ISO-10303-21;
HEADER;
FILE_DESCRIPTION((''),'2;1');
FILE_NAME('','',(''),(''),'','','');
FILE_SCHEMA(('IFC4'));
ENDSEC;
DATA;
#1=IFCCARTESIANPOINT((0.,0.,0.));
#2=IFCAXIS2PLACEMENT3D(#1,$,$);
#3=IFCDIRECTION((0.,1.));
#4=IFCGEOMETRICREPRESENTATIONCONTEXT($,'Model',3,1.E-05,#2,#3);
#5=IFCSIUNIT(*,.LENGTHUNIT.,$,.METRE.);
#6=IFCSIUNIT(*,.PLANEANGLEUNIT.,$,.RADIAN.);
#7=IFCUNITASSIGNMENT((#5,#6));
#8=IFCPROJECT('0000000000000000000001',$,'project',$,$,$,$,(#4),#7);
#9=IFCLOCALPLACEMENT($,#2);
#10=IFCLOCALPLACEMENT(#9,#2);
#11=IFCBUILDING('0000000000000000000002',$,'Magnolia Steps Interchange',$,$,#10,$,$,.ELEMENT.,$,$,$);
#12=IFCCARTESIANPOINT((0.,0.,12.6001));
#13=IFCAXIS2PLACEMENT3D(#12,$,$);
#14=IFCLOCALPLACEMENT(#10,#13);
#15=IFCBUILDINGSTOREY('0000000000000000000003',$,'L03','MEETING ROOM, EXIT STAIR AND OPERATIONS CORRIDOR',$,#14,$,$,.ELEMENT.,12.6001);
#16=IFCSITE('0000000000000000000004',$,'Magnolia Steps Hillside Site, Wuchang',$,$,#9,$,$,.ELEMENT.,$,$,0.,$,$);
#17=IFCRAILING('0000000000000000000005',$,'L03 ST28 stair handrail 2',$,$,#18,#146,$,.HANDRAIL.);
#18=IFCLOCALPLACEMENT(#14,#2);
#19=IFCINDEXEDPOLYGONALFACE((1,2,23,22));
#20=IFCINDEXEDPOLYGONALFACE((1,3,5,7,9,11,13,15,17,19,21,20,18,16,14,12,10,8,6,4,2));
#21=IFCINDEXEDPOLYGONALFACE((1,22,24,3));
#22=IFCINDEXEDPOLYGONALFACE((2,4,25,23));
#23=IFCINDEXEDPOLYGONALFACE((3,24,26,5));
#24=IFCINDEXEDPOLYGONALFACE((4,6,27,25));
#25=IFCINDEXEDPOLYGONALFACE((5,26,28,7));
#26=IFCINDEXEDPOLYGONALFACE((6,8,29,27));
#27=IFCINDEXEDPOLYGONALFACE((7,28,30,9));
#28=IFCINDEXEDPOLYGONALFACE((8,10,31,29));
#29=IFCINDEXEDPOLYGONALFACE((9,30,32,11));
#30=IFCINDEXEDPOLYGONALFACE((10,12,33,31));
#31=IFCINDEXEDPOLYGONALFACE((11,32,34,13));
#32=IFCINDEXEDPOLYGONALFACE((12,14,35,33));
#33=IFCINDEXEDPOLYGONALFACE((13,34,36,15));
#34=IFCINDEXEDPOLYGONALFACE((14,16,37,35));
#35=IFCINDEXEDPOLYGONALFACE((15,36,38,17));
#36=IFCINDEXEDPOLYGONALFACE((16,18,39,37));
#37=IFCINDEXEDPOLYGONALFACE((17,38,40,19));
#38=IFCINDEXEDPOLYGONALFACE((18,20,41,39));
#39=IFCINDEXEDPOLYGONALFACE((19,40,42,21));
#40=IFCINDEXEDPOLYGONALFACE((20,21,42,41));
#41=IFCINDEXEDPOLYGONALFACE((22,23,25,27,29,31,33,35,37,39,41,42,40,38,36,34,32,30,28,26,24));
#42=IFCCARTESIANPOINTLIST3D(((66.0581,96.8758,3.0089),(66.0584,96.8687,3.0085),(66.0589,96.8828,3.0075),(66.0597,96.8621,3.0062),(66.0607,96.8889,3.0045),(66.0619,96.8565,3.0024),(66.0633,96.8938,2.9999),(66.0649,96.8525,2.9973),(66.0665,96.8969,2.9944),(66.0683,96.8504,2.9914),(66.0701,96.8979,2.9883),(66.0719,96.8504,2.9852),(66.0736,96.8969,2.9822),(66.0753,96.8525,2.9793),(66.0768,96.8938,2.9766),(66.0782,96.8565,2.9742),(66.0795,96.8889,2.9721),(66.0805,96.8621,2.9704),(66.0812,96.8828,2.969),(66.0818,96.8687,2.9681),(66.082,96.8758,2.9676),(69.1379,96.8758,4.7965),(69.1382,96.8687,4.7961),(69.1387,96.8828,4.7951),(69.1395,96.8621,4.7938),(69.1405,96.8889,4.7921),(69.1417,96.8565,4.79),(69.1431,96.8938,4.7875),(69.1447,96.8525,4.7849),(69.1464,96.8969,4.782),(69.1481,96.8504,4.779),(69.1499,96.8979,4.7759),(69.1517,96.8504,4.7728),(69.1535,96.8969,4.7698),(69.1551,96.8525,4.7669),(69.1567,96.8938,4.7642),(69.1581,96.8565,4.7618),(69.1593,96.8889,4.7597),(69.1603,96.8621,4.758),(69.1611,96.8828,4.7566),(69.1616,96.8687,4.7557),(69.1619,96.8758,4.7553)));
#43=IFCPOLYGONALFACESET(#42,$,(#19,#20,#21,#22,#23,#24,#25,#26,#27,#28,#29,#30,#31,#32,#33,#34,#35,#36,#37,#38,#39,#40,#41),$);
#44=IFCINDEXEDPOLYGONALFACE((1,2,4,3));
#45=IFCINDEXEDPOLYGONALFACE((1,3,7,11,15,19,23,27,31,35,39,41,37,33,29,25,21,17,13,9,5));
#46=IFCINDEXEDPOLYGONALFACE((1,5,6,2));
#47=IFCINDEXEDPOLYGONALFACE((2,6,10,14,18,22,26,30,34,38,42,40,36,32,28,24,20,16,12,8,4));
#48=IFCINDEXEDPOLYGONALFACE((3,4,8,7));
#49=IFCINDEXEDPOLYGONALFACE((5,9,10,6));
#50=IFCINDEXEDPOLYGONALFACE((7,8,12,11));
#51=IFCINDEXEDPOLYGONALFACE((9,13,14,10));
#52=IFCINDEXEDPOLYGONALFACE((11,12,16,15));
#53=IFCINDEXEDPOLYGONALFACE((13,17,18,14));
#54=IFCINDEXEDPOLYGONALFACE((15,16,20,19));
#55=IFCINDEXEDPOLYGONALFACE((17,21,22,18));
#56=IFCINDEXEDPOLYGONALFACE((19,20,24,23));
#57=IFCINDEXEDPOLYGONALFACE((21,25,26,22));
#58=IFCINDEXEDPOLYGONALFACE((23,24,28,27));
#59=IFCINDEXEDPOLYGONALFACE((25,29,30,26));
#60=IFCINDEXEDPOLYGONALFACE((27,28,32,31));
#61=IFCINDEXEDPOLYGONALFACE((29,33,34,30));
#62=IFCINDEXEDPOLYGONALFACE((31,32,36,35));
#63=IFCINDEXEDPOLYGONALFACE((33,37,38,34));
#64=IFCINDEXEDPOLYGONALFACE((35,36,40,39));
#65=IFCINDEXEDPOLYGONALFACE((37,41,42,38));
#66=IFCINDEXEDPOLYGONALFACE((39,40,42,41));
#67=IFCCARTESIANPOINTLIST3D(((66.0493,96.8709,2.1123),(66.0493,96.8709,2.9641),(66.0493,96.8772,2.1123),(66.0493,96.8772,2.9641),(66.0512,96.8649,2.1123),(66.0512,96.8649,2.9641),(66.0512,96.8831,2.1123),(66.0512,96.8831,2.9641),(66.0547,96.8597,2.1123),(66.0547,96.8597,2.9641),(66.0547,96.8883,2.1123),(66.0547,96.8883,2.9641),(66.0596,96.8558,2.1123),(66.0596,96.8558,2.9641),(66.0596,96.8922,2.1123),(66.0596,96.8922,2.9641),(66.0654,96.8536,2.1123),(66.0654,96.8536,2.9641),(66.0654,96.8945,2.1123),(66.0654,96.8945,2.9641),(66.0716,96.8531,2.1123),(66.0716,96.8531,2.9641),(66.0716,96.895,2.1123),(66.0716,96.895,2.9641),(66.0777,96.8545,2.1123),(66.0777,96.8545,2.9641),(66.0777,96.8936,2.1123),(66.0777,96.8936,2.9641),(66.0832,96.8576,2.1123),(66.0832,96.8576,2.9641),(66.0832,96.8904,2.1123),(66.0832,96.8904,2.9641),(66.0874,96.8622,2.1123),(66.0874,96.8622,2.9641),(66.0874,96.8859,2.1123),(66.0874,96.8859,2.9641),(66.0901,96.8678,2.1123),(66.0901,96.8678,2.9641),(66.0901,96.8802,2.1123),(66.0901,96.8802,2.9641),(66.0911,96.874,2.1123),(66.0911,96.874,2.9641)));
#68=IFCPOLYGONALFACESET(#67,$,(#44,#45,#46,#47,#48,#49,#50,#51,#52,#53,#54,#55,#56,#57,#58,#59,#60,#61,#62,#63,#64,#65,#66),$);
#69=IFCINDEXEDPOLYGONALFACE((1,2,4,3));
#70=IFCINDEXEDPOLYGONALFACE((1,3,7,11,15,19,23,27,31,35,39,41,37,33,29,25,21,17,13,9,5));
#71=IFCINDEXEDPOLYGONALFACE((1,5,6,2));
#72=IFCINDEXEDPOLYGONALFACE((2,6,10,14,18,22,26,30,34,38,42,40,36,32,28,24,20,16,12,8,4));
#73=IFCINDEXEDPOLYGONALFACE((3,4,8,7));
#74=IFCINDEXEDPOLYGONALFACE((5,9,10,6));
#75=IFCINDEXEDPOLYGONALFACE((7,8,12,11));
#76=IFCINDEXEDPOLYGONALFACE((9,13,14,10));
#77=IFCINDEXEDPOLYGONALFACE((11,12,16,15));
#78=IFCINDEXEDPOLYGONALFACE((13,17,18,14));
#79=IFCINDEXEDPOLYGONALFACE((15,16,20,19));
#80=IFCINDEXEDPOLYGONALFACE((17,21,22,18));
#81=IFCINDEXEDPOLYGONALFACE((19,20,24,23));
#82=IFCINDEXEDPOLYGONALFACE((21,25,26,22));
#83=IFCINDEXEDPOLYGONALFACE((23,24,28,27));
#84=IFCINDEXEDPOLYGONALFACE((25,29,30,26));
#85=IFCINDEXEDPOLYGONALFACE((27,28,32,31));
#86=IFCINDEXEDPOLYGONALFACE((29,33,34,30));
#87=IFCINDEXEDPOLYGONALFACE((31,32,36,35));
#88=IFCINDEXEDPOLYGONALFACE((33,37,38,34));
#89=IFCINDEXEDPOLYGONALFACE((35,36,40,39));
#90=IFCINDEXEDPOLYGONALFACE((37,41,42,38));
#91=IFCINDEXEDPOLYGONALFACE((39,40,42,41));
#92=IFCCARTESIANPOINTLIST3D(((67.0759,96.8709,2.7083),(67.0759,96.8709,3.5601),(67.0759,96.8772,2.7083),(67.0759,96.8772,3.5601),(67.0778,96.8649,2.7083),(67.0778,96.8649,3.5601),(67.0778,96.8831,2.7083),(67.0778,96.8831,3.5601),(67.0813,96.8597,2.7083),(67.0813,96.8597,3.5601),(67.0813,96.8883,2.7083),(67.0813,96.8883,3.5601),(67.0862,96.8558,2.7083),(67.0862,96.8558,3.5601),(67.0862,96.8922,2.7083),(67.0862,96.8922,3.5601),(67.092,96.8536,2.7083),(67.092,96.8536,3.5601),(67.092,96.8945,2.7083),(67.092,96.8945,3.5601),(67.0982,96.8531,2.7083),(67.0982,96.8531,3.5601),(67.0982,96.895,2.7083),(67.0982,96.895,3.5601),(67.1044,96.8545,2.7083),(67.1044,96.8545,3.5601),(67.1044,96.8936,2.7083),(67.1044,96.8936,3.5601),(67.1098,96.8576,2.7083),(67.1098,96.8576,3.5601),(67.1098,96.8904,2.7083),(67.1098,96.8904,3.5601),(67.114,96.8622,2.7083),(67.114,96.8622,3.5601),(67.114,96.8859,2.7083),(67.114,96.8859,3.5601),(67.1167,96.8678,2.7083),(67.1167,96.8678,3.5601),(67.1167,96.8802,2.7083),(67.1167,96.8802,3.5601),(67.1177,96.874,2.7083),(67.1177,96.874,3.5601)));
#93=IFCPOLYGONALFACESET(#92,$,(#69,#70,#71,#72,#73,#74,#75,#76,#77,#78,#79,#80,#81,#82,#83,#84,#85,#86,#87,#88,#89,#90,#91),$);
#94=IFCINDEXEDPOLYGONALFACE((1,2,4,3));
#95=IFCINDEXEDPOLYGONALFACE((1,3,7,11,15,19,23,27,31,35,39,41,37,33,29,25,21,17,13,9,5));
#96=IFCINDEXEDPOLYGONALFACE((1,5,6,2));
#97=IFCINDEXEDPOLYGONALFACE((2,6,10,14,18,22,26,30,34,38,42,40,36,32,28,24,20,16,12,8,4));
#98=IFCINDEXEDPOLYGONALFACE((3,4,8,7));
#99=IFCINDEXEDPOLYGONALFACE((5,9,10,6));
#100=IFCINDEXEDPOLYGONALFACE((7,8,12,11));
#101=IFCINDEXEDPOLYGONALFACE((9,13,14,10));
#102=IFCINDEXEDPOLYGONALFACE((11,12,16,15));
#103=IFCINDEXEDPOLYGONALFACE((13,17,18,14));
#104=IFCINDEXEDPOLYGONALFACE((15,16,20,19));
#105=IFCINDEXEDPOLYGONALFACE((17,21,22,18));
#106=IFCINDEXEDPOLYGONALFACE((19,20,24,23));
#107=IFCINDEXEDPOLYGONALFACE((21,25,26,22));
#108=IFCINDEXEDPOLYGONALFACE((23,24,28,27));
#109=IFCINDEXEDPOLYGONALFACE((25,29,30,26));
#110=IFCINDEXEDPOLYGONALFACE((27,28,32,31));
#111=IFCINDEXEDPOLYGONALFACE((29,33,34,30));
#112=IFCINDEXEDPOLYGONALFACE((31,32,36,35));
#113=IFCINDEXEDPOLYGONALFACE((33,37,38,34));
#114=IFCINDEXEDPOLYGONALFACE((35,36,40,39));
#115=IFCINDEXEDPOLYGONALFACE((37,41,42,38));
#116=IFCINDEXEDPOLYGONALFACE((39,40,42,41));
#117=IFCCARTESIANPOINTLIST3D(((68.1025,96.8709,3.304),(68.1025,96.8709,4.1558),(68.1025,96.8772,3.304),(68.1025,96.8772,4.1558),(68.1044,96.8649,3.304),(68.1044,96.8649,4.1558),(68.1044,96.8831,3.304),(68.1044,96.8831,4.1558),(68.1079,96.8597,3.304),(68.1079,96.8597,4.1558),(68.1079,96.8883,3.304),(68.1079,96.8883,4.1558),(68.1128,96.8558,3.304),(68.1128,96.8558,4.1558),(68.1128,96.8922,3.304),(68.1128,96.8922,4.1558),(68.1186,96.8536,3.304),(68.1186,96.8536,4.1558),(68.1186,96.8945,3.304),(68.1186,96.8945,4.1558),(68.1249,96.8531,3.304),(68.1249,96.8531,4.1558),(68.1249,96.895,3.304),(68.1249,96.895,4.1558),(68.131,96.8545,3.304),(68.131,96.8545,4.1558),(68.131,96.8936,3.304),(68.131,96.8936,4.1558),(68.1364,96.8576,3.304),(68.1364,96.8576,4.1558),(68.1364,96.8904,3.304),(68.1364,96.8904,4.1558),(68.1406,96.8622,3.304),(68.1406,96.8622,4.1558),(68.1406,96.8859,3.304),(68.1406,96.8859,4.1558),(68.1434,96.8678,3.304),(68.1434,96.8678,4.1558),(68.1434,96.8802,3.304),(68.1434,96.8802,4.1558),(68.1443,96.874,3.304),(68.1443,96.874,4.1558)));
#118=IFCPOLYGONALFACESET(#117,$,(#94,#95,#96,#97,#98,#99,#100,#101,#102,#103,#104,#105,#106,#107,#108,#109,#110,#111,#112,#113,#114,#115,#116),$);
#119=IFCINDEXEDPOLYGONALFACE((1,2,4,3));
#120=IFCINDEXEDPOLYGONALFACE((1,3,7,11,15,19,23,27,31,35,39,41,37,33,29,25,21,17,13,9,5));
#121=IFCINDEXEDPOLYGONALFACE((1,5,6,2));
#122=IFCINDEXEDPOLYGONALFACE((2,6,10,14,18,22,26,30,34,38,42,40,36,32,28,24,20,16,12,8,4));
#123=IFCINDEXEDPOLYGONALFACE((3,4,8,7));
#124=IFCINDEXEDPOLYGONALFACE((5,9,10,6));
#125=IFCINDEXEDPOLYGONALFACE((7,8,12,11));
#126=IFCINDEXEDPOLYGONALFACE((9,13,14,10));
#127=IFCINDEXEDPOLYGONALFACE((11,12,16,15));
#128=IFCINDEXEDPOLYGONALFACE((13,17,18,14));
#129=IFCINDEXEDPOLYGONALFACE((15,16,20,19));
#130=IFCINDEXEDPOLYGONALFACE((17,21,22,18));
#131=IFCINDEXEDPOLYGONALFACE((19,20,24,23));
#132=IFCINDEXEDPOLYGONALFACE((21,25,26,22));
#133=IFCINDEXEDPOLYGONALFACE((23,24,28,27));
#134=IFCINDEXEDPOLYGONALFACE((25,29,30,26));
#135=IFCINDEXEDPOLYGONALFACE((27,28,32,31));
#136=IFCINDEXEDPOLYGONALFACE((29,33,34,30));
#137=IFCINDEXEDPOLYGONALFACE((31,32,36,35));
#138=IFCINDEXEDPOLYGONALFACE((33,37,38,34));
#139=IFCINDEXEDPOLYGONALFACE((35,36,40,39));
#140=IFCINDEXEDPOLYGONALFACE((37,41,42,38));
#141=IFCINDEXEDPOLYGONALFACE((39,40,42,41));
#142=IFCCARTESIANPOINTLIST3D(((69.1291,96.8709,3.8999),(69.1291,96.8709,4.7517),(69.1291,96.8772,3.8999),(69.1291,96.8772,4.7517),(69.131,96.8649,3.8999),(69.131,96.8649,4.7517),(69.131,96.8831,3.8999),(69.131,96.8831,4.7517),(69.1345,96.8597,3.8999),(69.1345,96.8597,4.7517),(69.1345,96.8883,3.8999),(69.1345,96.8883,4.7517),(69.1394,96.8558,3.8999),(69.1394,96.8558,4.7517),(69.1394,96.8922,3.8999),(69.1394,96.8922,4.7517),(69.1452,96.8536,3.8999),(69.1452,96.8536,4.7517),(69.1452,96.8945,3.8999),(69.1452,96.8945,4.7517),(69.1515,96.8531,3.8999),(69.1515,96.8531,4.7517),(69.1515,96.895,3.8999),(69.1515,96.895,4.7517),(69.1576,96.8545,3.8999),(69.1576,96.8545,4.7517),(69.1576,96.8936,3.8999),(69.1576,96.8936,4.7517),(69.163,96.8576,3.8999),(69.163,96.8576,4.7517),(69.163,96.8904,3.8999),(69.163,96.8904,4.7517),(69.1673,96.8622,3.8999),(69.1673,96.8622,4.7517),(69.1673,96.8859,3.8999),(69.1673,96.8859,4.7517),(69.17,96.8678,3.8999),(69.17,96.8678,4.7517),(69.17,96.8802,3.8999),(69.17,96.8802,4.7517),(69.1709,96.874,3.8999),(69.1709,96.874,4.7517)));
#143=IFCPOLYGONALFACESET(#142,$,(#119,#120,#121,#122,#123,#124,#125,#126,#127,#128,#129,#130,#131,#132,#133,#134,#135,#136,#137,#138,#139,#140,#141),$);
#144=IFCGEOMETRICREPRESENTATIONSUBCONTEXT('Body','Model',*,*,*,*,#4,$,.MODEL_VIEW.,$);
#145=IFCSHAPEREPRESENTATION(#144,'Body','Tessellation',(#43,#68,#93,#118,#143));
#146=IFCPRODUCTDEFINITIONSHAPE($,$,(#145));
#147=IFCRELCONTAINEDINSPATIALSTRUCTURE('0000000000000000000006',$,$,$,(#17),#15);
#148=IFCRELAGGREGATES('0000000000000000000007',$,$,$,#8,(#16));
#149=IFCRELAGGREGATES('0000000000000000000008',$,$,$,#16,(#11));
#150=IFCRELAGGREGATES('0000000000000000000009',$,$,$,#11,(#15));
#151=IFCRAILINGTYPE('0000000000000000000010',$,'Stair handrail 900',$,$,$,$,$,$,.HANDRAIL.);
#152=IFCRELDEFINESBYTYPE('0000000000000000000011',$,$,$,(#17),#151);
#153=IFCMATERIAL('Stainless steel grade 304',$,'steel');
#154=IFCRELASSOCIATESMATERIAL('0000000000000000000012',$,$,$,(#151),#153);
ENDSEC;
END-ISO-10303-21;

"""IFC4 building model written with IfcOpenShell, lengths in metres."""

from ifc_helpers import new_model, si_unit, direction, frame, origin, origin_2d, place, context, subcontext, project, spatial, circle, extrude, material, type_object, element, save


model = new_model("IFC4")

# Units and contexts
model_context = context("Model", 3, precision=1e-05, world=origin(), true_north=direction((0.0, 1.0)))
body_context = subcontext(model_context, "Body", "Model", "MODEL_VIEW")
ifc_project = project(units=[si_unit("LENGTHUNIT", "METRE"), si_unit("PLANEANGLEUNIT", "RADIAN")], contexts=[model_context])

# Site, building, storey
site_placement = place(None, origin())
site = spatial("IfcSite", under=ifc_project, at=site_placement, Name="Magnolia Steps Hillside Site, Wuchang", CompositionType="ELEMENT", RefElevation=0.0)
building_placement = place(site_placement, origin())
building = spatial("IfcBuilding", under=site, at=building_placement, Name="Magnolia Steps Interchange", CompositionType="ELEMENT")
storey_placement = place(building_placement, frame((0.0, 0.0, 12.6001)))
storey = spatial("IfcBuildingStorey", under=building, at=storey_placement, Name="L03", Description="MEETING ROOM, EXIT STAIR AND OPERATIONS CORRIDOR", CompositionType="ELEMENT", Elevation=12.6001)

# Railing
ifc_material_1 = material(Name="Stainless steel grade 304", Category="steel")
railing_type_1 = type_object("IfcRailingType", Name="Stair handrail 900", PredefinedType="HANDRAIL", material=ifc_material_1)
railing_1_placement = place(storey_placement, frame((66.0701, 96.874, 2.1123)))
element("IfcRailing", 1, at=railing_1_placement, inside=storey, type_object=railing_type_1, Name="L03 ST28 stair handrail 2", PredefinedType="HANDRAIL", context=body_context, shape_type="SweptSolid", body=[
    extrude(circle(Radius=0.0239, at=origin_2d()), frame((0.0, 0.0, 0.876), z_axis=(0.864873, 0.0, 0.50199), x_axis=(0.0, 1.0, 0.0)), (0.0, 0.0, 1.0), 3.561),
    extrude(circle(Radius=0.021, at=origin_2d()), origin(), (0.0, 0.0, 1.0), 0.8518),
    extrude(circle(Radius=0.021, at=origin_2d()), frame((1.0266, 0.0, 0.5959)), (0.0, 0.0, 1.0), 0.8518),
    extrude(circle(Radius=0.021, at=origin_2d()), frame((2.0532, 0.0, 1.1917)), (0.0, 0.0, 1.0), 0.8518),
    extrude(circle(Radius=0.021, at=origin_2d()), frame((3.0798, 0.0, 1.7876)), (0.0, 0.0, 1.0), 0.8518),
])

save(model, "model.ifc")
